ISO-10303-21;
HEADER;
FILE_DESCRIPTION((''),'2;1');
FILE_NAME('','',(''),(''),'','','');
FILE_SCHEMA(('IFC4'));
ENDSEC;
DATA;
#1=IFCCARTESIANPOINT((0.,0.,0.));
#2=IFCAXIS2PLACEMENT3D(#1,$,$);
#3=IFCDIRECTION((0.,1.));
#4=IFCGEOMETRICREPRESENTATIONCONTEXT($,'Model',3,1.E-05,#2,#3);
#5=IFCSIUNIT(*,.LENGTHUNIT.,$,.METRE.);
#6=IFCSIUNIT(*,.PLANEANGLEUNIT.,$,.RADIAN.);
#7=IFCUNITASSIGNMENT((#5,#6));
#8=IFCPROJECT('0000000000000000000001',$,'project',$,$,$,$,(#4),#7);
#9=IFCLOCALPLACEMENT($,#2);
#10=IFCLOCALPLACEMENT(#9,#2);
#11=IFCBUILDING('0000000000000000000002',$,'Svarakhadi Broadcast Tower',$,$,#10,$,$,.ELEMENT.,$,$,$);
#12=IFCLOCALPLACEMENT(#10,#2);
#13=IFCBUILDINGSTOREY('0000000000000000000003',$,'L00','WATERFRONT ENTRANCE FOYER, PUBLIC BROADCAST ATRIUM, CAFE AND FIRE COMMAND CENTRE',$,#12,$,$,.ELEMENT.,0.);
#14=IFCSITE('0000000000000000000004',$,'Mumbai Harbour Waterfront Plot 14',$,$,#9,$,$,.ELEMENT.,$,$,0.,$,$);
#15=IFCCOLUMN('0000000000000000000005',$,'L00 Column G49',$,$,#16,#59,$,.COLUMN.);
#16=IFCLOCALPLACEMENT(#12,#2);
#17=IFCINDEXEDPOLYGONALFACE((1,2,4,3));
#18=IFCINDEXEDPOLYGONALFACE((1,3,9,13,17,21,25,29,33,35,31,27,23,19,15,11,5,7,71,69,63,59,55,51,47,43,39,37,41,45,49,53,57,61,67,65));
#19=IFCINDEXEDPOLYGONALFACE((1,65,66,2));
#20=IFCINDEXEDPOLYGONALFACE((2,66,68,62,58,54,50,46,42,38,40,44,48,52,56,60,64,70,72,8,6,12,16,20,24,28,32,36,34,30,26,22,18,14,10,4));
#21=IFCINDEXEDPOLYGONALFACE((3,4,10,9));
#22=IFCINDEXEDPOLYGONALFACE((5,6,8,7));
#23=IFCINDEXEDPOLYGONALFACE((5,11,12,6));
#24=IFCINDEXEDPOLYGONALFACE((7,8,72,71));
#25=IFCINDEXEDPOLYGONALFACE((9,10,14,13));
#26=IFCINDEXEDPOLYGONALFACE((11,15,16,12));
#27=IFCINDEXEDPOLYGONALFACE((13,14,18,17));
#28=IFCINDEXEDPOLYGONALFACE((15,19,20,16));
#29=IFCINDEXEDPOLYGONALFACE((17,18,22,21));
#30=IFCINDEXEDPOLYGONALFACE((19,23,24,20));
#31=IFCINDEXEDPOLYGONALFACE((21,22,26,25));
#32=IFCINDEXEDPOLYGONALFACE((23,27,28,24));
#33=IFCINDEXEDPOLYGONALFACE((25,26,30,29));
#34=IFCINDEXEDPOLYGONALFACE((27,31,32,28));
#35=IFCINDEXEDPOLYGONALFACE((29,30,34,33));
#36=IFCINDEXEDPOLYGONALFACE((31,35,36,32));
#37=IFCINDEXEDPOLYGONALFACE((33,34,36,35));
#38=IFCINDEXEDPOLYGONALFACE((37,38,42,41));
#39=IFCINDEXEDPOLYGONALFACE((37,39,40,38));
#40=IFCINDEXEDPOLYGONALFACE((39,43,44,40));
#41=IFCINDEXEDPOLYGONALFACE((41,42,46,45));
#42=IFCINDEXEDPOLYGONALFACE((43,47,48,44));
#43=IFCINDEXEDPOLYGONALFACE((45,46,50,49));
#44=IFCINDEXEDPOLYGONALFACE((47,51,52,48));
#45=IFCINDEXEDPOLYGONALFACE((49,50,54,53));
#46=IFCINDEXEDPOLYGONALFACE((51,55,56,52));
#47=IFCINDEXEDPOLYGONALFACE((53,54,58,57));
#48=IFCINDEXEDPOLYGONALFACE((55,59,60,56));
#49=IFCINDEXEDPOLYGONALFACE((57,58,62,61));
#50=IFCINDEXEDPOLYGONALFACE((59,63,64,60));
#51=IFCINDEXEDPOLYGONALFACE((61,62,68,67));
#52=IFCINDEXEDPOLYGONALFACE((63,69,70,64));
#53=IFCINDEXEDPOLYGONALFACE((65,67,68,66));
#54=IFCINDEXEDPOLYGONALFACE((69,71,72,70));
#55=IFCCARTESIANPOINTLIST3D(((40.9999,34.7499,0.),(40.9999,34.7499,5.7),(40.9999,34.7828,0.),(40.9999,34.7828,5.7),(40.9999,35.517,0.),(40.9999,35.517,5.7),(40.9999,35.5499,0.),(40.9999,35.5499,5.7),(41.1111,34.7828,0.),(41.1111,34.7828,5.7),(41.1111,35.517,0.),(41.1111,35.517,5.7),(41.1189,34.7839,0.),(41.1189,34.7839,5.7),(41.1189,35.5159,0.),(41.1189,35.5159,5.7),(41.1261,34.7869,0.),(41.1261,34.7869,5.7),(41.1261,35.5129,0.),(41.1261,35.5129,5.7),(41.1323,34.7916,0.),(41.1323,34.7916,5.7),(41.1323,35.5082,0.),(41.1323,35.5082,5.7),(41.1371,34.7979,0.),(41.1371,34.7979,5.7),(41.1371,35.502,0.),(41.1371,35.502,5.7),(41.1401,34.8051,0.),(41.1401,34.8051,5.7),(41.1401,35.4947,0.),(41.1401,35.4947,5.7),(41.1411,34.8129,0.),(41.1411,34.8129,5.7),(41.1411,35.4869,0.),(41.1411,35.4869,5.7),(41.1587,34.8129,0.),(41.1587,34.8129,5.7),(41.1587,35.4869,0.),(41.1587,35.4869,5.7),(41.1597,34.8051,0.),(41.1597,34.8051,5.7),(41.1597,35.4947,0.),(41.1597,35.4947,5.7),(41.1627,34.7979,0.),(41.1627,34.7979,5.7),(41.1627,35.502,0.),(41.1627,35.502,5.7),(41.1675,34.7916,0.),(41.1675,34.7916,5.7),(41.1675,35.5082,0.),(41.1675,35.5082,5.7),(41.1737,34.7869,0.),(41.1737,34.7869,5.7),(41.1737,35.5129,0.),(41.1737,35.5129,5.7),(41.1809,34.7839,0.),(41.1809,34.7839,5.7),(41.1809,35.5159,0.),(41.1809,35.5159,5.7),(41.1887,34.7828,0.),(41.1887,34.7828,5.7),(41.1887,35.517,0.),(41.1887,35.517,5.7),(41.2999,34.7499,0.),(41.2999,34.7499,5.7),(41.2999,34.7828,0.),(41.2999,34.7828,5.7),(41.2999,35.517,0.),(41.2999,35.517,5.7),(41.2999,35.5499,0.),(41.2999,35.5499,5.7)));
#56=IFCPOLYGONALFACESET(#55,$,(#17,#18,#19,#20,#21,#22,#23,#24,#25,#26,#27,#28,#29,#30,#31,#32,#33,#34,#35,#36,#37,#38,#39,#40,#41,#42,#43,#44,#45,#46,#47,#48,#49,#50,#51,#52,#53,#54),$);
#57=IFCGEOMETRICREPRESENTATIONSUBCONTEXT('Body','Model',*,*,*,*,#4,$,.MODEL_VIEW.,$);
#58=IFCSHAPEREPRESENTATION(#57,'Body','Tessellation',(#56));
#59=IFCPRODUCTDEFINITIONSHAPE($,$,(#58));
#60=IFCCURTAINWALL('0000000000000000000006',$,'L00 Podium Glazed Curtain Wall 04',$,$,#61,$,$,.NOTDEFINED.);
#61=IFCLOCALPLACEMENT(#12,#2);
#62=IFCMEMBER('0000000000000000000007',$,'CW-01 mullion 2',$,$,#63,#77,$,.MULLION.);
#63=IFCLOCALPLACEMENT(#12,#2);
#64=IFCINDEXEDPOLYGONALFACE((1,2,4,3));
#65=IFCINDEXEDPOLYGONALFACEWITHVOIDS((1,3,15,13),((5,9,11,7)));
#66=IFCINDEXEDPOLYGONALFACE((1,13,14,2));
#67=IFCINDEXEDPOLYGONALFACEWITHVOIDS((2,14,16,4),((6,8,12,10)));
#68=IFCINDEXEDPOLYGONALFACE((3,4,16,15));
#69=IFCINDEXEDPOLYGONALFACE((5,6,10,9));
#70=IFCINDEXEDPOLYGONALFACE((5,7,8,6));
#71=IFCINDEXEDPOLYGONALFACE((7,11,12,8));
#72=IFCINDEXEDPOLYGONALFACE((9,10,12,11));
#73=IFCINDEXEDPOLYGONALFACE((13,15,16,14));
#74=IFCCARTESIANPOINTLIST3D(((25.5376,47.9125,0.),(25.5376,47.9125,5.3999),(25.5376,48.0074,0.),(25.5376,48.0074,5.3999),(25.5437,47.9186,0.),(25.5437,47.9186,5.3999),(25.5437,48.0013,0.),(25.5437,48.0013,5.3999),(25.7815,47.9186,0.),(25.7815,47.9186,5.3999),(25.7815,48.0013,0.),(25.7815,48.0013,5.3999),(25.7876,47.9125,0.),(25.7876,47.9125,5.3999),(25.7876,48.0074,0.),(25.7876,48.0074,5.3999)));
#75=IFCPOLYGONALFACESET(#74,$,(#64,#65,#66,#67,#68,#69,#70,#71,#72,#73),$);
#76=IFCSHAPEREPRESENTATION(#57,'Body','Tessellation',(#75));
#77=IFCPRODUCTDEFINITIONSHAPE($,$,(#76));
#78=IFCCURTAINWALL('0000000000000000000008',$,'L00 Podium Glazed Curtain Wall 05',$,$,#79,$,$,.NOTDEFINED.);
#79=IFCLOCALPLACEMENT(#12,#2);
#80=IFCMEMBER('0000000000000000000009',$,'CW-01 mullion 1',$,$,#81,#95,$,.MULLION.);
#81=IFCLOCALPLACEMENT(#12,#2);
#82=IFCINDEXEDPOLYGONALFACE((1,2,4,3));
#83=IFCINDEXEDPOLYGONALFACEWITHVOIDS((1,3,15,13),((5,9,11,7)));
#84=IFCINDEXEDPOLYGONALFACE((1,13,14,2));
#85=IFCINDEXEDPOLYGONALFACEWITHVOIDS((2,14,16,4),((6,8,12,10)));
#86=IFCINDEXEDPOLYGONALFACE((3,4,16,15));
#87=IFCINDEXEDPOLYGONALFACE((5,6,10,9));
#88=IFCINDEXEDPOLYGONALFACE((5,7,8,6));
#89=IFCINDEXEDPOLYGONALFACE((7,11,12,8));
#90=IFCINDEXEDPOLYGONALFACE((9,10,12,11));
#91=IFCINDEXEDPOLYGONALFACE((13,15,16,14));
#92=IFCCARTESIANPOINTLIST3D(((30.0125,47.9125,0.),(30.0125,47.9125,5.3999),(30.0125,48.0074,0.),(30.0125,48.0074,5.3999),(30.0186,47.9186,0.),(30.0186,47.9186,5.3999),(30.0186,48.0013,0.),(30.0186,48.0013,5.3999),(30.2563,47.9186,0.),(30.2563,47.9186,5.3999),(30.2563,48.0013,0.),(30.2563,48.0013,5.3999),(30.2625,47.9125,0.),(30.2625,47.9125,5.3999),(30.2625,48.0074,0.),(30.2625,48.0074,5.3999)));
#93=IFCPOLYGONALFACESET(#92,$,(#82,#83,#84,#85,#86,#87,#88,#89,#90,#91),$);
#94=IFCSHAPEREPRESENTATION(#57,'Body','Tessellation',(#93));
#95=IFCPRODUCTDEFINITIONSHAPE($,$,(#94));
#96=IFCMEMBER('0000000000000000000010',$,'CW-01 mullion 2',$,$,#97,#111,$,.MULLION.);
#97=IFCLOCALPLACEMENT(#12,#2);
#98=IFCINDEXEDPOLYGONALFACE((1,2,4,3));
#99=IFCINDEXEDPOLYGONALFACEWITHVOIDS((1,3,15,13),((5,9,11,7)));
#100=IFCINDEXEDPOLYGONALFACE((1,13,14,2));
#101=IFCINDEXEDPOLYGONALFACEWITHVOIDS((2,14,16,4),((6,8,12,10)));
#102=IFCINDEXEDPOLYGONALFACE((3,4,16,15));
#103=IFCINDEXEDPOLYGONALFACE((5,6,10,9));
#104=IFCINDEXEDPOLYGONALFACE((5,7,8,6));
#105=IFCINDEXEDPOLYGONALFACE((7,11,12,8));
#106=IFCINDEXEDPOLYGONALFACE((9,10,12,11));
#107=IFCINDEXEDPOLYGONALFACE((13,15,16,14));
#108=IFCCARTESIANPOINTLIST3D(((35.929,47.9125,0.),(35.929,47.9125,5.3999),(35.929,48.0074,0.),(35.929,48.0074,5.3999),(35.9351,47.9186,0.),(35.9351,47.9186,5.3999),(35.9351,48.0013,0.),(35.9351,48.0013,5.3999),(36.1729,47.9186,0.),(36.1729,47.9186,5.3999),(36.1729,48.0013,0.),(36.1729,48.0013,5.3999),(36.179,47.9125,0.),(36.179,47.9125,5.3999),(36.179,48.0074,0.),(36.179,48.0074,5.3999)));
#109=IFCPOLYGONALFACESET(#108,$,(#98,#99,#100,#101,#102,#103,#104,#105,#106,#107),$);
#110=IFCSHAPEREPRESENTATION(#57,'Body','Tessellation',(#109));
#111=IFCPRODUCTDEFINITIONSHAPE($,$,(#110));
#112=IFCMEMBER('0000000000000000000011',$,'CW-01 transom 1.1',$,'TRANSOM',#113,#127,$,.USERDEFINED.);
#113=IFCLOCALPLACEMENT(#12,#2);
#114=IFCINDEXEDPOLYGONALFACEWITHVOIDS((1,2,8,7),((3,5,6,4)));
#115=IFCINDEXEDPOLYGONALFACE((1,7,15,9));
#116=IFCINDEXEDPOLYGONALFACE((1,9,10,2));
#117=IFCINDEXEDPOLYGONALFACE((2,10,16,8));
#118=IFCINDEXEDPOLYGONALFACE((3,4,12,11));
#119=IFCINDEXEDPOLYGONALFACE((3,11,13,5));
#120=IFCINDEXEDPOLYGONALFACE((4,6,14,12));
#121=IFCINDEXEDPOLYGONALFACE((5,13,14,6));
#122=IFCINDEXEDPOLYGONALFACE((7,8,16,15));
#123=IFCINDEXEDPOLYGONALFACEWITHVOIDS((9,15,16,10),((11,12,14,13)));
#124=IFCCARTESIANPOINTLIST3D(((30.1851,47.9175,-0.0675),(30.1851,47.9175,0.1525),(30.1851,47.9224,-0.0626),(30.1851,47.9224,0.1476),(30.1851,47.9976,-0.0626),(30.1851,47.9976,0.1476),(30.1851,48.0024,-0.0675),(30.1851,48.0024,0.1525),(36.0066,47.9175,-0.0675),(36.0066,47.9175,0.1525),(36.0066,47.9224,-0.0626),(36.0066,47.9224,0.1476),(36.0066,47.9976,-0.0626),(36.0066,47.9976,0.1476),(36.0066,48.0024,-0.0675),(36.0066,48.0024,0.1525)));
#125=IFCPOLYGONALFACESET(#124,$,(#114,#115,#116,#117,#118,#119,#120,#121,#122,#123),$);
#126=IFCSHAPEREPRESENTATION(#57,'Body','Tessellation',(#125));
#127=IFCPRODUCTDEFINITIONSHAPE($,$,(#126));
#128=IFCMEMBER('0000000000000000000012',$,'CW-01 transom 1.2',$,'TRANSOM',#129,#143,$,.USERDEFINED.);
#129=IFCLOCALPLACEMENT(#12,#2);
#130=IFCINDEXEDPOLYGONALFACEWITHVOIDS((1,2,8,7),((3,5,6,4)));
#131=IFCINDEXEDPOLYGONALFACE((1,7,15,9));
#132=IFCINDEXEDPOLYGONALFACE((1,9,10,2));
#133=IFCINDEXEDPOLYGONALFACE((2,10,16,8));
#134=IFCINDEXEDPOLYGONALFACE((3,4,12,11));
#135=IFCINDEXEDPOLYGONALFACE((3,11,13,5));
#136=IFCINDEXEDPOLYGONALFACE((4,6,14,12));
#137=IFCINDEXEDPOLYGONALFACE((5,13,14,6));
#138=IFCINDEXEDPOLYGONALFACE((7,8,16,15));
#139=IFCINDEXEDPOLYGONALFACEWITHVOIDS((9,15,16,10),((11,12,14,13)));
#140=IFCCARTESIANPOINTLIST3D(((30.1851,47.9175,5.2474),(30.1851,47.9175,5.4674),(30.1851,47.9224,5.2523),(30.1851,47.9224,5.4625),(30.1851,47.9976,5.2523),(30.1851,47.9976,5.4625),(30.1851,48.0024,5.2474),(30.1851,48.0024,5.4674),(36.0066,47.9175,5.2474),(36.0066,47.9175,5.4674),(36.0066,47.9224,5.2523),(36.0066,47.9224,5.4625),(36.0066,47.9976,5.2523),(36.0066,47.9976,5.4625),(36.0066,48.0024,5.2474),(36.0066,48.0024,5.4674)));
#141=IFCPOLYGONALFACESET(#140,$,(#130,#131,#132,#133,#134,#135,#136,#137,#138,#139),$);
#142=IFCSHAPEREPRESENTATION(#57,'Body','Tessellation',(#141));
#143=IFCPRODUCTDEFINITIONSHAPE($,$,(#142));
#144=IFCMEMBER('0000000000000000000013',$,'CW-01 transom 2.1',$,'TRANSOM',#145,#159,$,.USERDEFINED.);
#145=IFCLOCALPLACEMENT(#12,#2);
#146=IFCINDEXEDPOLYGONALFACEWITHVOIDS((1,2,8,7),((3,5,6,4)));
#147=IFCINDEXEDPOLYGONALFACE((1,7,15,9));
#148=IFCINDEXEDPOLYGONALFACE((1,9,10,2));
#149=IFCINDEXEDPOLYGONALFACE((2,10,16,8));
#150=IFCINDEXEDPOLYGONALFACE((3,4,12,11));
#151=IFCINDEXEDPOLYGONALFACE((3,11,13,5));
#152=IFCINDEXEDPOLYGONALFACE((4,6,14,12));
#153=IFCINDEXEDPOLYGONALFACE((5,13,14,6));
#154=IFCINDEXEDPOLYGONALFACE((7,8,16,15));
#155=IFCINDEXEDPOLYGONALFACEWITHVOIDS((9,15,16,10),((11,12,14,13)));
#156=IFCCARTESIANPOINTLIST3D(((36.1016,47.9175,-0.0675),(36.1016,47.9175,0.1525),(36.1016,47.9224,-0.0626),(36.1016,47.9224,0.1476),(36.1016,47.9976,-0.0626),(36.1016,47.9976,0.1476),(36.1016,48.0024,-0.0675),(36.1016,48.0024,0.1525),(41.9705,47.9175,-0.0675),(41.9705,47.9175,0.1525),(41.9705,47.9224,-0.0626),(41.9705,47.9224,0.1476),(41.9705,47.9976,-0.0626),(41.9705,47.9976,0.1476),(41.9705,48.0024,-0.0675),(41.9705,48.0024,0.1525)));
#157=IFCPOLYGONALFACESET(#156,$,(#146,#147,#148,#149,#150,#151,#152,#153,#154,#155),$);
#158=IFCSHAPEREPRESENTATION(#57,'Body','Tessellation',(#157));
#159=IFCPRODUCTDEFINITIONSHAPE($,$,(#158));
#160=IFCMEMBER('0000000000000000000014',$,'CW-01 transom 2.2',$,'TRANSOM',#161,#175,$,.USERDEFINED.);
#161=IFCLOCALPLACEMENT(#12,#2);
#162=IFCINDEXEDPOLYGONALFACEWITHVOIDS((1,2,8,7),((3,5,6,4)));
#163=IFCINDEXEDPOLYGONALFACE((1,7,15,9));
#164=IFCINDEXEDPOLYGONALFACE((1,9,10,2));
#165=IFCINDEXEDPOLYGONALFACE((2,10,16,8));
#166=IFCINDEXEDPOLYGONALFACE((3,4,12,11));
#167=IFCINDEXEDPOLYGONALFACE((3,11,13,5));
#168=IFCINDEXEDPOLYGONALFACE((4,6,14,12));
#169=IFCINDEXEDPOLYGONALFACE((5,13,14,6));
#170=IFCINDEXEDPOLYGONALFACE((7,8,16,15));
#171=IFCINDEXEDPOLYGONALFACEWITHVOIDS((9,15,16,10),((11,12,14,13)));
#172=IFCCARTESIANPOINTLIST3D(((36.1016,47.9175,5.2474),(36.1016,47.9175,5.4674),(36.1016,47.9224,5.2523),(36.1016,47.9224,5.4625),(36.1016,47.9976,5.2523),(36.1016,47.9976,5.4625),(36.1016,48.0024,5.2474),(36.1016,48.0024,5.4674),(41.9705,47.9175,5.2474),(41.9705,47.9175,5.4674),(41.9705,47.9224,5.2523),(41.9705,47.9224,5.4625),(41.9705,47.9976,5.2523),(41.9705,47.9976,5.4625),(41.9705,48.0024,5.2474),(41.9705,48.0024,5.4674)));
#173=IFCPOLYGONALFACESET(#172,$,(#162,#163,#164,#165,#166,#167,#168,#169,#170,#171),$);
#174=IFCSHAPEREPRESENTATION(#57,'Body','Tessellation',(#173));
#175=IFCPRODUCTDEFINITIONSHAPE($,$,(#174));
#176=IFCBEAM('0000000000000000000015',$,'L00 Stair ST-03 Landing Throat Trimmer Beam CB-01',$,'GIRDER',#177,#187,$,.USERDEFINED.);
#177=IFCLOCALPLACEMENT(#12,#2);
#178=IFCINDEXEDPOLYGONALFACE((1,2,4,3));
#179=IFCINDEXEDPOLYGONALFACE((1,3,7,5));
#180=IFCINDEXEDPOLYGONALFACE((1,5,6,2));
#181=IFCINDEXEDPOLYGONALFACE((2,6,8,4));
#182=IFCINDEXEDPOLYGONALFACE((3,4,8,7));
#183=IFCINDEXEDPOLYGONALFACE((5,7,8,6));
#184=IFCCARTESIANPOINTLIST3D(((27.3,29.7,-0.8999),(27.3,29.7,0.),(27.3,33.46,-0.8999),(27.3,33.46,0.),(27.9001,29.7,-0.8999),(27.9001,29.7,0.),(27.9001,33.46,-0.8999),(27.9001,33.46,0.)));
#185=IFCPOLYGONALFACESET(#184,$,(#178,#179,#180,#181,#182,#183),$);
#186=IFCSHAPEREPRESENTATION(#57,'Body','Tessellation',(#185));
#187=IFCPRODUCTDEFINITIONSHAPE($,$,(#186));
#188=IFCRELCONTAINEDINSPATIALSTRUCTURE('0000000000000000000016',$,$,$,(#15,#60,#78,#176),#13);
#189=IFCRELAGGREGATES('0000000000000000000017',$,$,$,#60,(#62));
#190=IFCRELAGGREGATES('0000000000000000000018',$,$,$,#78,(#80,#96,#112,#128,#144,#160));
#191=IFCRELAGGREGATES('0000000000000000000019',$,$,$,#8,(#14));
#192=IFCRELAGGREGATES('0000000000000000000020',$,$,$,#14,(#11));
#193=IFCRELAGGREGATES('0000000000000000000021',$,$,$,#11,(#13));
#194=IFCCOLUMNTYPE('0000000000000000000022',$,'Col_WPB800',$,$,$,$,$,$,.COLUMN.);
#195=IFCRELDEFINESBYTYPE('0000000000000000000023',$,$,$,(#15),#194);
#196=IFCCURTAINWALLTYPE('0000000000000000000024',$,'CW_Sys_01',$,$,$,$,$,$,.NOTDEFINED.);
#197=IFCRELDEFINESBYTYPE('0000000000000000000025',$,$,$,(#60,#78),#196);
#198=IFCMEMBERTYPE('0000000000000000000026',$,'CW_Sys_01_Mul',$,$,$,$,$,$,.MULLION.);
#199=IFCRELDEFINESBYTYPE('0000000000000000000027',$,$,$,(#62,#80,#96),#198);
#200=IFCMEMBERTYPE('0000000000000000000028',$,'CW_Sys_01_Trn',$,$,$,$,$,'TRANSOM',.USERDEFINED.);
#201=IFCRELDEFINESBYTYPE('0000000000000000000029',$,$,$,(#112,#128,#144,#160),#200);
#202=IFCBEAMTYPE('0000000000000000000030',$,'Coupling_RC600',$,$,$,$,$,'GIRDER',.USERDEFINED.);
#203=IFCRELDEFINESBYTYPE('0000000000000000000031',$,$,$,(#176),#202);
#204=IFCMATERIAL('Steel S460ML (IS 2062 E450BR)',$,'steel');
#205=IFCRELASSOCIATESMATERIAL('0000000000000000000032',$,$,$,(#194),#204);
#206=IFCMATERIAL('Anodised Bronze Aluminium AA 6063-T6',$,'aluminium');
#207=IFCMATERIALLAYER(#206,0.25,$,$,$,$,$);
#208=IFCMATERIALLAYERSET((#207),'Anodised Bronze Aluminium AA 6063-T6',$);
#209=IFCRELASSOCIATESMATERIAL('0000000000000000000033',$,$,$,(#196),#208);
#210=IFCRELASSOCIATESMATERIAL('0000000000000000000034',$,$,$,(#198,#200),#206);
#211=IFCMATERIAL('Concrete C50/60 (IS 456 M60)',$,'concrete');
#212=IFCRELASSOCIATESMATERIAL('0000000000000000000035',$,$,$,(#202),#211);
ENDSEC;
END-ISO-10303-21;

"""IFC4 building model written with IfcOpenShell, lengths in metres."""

from ifc_helpers import new_model, si_unit, direction, frame, origin, origin_2d, place, context, subcontext, project, spatial, rectangle, hollow_rectangle, i_section, extrude, material, layer, layer_set, material_profile, profile_set, type_object, element, aggregate, save


model = new_model("IFC4")

# Units and contexts
model_context = context("Model", 3, precision=1e-05, world=origin(), true_north=direction((0.0, 1.0)))
body_context = subcontext(model_context, "Body", "Model", "MODEL_VIEW")
ifc_project = project(units=[si_unit("LENGTHUNIT", "METRE"), si_unit("PLANEANGLEUNIT", "RADIAN")], contexts=[model_context])

# Site, building, storey
site_placement = place(None, origin())
site = spatial("IfcSite", under=ifc_project, at=site_placement, Name="Mumbai Harbour Waterfront Plot 14", CompositionType="ELEMENT", RefElevation=0.0)
building_placement = place(site_placement, origin())
building = spatial("IfcBuilding", under=site, at=building_placement, Name="Svarakhadi Broadcast Tower", CompositionType="ELEMENT")
storey_placement = place(building_placement, origin())
storey = spatial("IfcBuildingStorey", under=building, at=storey_placement, Name="L00", Description="WATERFRONT ENTRANCE FOYER, PUBLIC BROADCAST ATRIUM, CAFE AND FIRE COMMAND CENTRE", CompositionType="ELEMENT", Elevation=0.0)

# Column
ifc_material_1 = material(Name="Steel S460ML (IS 2062 E450BR)", Category="steel")
ifc_material_profile_1 = material_profile(ifc_material_1, i_section(OverallWidth=0.3, OverallDepth=0.8, WebThickness=0.0176, FlangeThickness=0.033, FilletRadius=0.03, at=origin_2d()), Name="WPB 800x300x262")
ifc_profile_set_1 = profile_set([ifc_material_profile_1], Name="Steel S460ML (IS 2062 E450BR)")
column_type = type_object("IfcColumnType", Name="Col_WPB800", PredefinedType="COLUMN", material=ifc_profile_set_1)
column_placement = place(storey_placement, frame((41.1499, 35.1499, 0.0), z_axis=(0.0, 0.0, 1.0), x_axis=(1.0, 0.0, 0.0)))
element("IfcColumn", 1, at=column_placement, inside=storey, type_object=column_type, Name="L00 Column G49", PredefinedType="COLUMN", context=body_context, shape_type="SweptSolid", body=[
    extrude(i_section(OverallWidth=0.3, OverallDepth=0.8, WebThickness=0.0176, FlangeThickness=0.033, FilletRadius=0.03, at=origin_2d()), origin(), (0.0, 0.0, 1.0), 5.7),
])

# Curtain wall, member
ifc_material_2 = material(Name="Anodised Bronze Aluminium AA 6063-T6", Category="aluminium")
ifc_layer_1 = layer(ifc_material_2, 0.25)
ifc_layer_set_1 = layer_set([ifc_layer_1], Name="Anodised Bronze Aluminium AA 6063-T6")
curtain_wall_type = type_object("IfcCurtainWallType", Name="CW_Sys_01", PredefinedType="NOTDEFINED", material=ifc_layer_set_1)
curtain_wall_1_placement = place(storey_placement, origin())
curtain_wall_1 = element("IfcCurtainWall", 2, at=curtain_wall_1_placement, inside=storey, type_object=curtain_wall_type, Name="L00 Podium Glazed Curtain Wall 04", PredefinedType="NOTDEFINED")
ifc_material_profile_2 = material_profile(ifc_material_2, hollow_rectangle(XDim=0.095, YDim=0.25, WallThickness=0.0061, at=origin_2d()), Name="ALU MULLION 250x95x6")
ifc_profile_set_2 = profile_set([ifc_material_profile_2], Name="Anodised Bronze Aluminium AA 6063-T6")
member_type_1 = type_object("IfcMemberType", Name="CW_Sys_01_Mul", PredefinedType="MULLION", material=ifc_profile_set_2)
member_1_placement = place(storey_placement, frame((25.6626, 47.96, 0.0), z_axis=(0.0, 0.0, 1.0), x_axis=(0.0, 1.0, 0.0)))
member_1 = element("IfcMember", 3, at=member_1_placement, type_object=member_type_1, Name="CW-01 mullion 2", PredefinedType="MULLION", context=body_context, shape_type="SweptSolid", body=[
    extrude(hollow_rectangle(XDim=0.095, YDim=0.25, WallThickness=0.0061, at=origin_2d()), origin(), (0.0, 0.0, 1.0), 5.3999),
])
aggregate(curtain_wall_1, [member_1])

# Curtain wall, members
curtain_wall_2_placement = place(storey_placement, origin())
curtain_wall_2 = element("IfcCurtainWall", 4, at=curtain_wall_2_placement, inside=storey, type_object=curtain_wall_type, Name="L00 Podium Glazed Curtain Wall 05", PredefinedType="NOTDEFINED")
member_2_placement = place(storey_placement, frame((30.1375, 47.96, 0.0), z_axis=(0.0, 0.0, 1.0), x_axis=(0.0, 1.0, 0.0)))
member_2 = element("IfcMember", 5, at=member_2_placement, type_object=member_type_1, Name="CW-01 mullion 1", PredefinedType="MULLION", context=body_context, shape_type="SweptSolid", body=[
    extrude(hollow_rectangle(XDim=0.095, YDim=0.25, WallThickness=0.0061, at=origin_2d()), origin(), (0.0, 0.0, 1.0), 5.3999),
])
member_3_placement = place(storey_placement, frame((36.054, 47.96, 0.0), z_axis=(0.0, 0.0, 1.0), x_axis=(0.0, 1.0, 0.0)))
member_3 = element("IfcMember", 6, at=member_3_placement, type_object=member_type_1, Name="CW-01 mullion 2", PredefinedType="MULLION", context=body_context, shape_type="SweptSolid", body=[
    extrude(hollow_rectangle(XDim=0.095, YDim=0.25, WallThickness=0.0061, at=origin_2d()), origin(), (0.0, 0.0, 1.0), 5.3999),
])
ifc_material_profile_3 = material_profile(ifc_material_2, hollow_rectangle(XDim=0.085, YDim=0.22, WallThickness=0.0049, at=origin_2d()), Name="ALU TRANSOM 220x85x5")
ifc_profile_set_3 = profile_set([ifc_material_profile_3], Name="Anodised Bronze Aluminium AA 6063-T6")
member_type_2 = type_object("IfcMemberType", Name="CW_Sys_01_Trn", ElementType="TRANSOM", PredefinedType="USERDEFINED", material=ifc_profile_set_3)
member_4_placement = place(storey_placement, frame((30.1851, 47.96, 0.0425), z_axis=(1.0, 0.0, 0.0), x_axis=(0.0, 1.0, 0.0)))
member_4 = element("IfcMember", 7, at=member_4_placement, type_object=member_type_2, Name="CW-01 transom 1.1", ObjectType="TRANSOM", PredefinedType="USERDEFINED", context=body_context, shape_type="SweptSolid", body=[
    extrude(hollow_rectangle(XDim=0.085, YDim=0.22, WallThickness=0.0049, at=origin_2d()), origin(), (0.0, 0.0, 1.0), 5.8215),
])
member_5_placement = place(storey_placement, frame((30.1851, 47.96, 5.3574), z_axis=(1.0, 0.0, 0.0), x_axis=(0.0, 1.0, 0.0)))
member_5 = element("IfcMember", 8, at=member_5_placement, type_object=member_type_2, Name="CW-01 transom 1.2", ObjectType="TRANSOM", PredefinedType="USERDEFINED", context=body_context, shape_type="SweptSolid", body=[
    extrude(hollow_rectangle(XDim=0.085, YDim=0.22, WallThickness=0.0049, at=origin_2d()), origin(), (0.0, 0.0, 1.0), 5.8215),
])
member_6_placement = place(storey_placement, frame((36.1016, 47.96, 0.0425), z_axis=(1.0, 0.0, 0.0), x_axis=(0.0, 1.0, 0.0)))
member_6 = element("IfcMember", 9, at=member_6_placement, type_object=member_type_2, Name="CW-01 transom 2.1", ObjectType="TRANSOM", PredefinedType="USERDEFINED", context=body_context, shape_type="SweptSolid", body=[
    extrude(hollow_rectangle(XDim=0.085, YDim=0.22, WallThickness=0.0049, at=origin_2d()), origin(), (0.0, 0.0, 1.0), 5.8689),
])
member_7_placement = place(storey_placement, frame((36.1016, 47.96, 5.3574), z_axis=(1.0, 0.0, 0.0), x_axis=(0.0, 1.0, 0.0)))
member_7 = element("IfcMember", 10, at=member_7_placement, type_object=member_type_2, Name="CW-01 transom 2.2", ObjectType="TRANSOM", PredefinedType="USERDEFINED", context=body_context, shape_type="SweptSolid", body=[
    extrude(hollow_rectangle(XDim=0.085, YDim=0.22, WallThickness=0.0049, at=origin_2d()), origin(), (0.0, 0.0, 1.0), 5.8689),
])

# Beam
ifc_material_3 = material(Name="Concrete C50/60 (IS 456 M60)", Category="concrete")
ifc_material_profile_4 = material_profile(ifc_material_3, rectangle(XDim=0.6001, YDim=0.8999, at=origin_2d()), Name="RC 600x900")
ifc_profile_set_4 = profile_set([ifc_material_profile_4], Name="Concrete C50/60 (IS 456 M60)")
beam_type = type_object("IfcBeamType", Name="Coupling_RC600", ElementType="GIRDER", PredefinedType="USERDEFINED", material=ifc_profile_set_4)
beam_placement = place(storey_placement, frame((27.6001, 29.7, -0.45), z_axis=(0.0, 1.0, 0.0), x_axis=(-1.0, 0.0, 0.0)))
element("IfcBeam", 11, at=beam_placement, inside=storey, type_object=beam_type, Name="L00 Stair ST-03 Landing Throat Trimmer Beam CB-01", ObjectType="GIRDER", PredefinedType="USERDEFINED", context=body_context, shape_type="SweptSolid", body=[
    extrude(rectangle(XDim=0.6001, YDim=0.8999, at=origin_2d()), origin(), (0.0, 0.0, 1.0), 3.76),
])

aggregate(curtain_wall_2, [member_2, member_3, member_4, member_5, member_6, member_7])

save(model, "model.ifc")
